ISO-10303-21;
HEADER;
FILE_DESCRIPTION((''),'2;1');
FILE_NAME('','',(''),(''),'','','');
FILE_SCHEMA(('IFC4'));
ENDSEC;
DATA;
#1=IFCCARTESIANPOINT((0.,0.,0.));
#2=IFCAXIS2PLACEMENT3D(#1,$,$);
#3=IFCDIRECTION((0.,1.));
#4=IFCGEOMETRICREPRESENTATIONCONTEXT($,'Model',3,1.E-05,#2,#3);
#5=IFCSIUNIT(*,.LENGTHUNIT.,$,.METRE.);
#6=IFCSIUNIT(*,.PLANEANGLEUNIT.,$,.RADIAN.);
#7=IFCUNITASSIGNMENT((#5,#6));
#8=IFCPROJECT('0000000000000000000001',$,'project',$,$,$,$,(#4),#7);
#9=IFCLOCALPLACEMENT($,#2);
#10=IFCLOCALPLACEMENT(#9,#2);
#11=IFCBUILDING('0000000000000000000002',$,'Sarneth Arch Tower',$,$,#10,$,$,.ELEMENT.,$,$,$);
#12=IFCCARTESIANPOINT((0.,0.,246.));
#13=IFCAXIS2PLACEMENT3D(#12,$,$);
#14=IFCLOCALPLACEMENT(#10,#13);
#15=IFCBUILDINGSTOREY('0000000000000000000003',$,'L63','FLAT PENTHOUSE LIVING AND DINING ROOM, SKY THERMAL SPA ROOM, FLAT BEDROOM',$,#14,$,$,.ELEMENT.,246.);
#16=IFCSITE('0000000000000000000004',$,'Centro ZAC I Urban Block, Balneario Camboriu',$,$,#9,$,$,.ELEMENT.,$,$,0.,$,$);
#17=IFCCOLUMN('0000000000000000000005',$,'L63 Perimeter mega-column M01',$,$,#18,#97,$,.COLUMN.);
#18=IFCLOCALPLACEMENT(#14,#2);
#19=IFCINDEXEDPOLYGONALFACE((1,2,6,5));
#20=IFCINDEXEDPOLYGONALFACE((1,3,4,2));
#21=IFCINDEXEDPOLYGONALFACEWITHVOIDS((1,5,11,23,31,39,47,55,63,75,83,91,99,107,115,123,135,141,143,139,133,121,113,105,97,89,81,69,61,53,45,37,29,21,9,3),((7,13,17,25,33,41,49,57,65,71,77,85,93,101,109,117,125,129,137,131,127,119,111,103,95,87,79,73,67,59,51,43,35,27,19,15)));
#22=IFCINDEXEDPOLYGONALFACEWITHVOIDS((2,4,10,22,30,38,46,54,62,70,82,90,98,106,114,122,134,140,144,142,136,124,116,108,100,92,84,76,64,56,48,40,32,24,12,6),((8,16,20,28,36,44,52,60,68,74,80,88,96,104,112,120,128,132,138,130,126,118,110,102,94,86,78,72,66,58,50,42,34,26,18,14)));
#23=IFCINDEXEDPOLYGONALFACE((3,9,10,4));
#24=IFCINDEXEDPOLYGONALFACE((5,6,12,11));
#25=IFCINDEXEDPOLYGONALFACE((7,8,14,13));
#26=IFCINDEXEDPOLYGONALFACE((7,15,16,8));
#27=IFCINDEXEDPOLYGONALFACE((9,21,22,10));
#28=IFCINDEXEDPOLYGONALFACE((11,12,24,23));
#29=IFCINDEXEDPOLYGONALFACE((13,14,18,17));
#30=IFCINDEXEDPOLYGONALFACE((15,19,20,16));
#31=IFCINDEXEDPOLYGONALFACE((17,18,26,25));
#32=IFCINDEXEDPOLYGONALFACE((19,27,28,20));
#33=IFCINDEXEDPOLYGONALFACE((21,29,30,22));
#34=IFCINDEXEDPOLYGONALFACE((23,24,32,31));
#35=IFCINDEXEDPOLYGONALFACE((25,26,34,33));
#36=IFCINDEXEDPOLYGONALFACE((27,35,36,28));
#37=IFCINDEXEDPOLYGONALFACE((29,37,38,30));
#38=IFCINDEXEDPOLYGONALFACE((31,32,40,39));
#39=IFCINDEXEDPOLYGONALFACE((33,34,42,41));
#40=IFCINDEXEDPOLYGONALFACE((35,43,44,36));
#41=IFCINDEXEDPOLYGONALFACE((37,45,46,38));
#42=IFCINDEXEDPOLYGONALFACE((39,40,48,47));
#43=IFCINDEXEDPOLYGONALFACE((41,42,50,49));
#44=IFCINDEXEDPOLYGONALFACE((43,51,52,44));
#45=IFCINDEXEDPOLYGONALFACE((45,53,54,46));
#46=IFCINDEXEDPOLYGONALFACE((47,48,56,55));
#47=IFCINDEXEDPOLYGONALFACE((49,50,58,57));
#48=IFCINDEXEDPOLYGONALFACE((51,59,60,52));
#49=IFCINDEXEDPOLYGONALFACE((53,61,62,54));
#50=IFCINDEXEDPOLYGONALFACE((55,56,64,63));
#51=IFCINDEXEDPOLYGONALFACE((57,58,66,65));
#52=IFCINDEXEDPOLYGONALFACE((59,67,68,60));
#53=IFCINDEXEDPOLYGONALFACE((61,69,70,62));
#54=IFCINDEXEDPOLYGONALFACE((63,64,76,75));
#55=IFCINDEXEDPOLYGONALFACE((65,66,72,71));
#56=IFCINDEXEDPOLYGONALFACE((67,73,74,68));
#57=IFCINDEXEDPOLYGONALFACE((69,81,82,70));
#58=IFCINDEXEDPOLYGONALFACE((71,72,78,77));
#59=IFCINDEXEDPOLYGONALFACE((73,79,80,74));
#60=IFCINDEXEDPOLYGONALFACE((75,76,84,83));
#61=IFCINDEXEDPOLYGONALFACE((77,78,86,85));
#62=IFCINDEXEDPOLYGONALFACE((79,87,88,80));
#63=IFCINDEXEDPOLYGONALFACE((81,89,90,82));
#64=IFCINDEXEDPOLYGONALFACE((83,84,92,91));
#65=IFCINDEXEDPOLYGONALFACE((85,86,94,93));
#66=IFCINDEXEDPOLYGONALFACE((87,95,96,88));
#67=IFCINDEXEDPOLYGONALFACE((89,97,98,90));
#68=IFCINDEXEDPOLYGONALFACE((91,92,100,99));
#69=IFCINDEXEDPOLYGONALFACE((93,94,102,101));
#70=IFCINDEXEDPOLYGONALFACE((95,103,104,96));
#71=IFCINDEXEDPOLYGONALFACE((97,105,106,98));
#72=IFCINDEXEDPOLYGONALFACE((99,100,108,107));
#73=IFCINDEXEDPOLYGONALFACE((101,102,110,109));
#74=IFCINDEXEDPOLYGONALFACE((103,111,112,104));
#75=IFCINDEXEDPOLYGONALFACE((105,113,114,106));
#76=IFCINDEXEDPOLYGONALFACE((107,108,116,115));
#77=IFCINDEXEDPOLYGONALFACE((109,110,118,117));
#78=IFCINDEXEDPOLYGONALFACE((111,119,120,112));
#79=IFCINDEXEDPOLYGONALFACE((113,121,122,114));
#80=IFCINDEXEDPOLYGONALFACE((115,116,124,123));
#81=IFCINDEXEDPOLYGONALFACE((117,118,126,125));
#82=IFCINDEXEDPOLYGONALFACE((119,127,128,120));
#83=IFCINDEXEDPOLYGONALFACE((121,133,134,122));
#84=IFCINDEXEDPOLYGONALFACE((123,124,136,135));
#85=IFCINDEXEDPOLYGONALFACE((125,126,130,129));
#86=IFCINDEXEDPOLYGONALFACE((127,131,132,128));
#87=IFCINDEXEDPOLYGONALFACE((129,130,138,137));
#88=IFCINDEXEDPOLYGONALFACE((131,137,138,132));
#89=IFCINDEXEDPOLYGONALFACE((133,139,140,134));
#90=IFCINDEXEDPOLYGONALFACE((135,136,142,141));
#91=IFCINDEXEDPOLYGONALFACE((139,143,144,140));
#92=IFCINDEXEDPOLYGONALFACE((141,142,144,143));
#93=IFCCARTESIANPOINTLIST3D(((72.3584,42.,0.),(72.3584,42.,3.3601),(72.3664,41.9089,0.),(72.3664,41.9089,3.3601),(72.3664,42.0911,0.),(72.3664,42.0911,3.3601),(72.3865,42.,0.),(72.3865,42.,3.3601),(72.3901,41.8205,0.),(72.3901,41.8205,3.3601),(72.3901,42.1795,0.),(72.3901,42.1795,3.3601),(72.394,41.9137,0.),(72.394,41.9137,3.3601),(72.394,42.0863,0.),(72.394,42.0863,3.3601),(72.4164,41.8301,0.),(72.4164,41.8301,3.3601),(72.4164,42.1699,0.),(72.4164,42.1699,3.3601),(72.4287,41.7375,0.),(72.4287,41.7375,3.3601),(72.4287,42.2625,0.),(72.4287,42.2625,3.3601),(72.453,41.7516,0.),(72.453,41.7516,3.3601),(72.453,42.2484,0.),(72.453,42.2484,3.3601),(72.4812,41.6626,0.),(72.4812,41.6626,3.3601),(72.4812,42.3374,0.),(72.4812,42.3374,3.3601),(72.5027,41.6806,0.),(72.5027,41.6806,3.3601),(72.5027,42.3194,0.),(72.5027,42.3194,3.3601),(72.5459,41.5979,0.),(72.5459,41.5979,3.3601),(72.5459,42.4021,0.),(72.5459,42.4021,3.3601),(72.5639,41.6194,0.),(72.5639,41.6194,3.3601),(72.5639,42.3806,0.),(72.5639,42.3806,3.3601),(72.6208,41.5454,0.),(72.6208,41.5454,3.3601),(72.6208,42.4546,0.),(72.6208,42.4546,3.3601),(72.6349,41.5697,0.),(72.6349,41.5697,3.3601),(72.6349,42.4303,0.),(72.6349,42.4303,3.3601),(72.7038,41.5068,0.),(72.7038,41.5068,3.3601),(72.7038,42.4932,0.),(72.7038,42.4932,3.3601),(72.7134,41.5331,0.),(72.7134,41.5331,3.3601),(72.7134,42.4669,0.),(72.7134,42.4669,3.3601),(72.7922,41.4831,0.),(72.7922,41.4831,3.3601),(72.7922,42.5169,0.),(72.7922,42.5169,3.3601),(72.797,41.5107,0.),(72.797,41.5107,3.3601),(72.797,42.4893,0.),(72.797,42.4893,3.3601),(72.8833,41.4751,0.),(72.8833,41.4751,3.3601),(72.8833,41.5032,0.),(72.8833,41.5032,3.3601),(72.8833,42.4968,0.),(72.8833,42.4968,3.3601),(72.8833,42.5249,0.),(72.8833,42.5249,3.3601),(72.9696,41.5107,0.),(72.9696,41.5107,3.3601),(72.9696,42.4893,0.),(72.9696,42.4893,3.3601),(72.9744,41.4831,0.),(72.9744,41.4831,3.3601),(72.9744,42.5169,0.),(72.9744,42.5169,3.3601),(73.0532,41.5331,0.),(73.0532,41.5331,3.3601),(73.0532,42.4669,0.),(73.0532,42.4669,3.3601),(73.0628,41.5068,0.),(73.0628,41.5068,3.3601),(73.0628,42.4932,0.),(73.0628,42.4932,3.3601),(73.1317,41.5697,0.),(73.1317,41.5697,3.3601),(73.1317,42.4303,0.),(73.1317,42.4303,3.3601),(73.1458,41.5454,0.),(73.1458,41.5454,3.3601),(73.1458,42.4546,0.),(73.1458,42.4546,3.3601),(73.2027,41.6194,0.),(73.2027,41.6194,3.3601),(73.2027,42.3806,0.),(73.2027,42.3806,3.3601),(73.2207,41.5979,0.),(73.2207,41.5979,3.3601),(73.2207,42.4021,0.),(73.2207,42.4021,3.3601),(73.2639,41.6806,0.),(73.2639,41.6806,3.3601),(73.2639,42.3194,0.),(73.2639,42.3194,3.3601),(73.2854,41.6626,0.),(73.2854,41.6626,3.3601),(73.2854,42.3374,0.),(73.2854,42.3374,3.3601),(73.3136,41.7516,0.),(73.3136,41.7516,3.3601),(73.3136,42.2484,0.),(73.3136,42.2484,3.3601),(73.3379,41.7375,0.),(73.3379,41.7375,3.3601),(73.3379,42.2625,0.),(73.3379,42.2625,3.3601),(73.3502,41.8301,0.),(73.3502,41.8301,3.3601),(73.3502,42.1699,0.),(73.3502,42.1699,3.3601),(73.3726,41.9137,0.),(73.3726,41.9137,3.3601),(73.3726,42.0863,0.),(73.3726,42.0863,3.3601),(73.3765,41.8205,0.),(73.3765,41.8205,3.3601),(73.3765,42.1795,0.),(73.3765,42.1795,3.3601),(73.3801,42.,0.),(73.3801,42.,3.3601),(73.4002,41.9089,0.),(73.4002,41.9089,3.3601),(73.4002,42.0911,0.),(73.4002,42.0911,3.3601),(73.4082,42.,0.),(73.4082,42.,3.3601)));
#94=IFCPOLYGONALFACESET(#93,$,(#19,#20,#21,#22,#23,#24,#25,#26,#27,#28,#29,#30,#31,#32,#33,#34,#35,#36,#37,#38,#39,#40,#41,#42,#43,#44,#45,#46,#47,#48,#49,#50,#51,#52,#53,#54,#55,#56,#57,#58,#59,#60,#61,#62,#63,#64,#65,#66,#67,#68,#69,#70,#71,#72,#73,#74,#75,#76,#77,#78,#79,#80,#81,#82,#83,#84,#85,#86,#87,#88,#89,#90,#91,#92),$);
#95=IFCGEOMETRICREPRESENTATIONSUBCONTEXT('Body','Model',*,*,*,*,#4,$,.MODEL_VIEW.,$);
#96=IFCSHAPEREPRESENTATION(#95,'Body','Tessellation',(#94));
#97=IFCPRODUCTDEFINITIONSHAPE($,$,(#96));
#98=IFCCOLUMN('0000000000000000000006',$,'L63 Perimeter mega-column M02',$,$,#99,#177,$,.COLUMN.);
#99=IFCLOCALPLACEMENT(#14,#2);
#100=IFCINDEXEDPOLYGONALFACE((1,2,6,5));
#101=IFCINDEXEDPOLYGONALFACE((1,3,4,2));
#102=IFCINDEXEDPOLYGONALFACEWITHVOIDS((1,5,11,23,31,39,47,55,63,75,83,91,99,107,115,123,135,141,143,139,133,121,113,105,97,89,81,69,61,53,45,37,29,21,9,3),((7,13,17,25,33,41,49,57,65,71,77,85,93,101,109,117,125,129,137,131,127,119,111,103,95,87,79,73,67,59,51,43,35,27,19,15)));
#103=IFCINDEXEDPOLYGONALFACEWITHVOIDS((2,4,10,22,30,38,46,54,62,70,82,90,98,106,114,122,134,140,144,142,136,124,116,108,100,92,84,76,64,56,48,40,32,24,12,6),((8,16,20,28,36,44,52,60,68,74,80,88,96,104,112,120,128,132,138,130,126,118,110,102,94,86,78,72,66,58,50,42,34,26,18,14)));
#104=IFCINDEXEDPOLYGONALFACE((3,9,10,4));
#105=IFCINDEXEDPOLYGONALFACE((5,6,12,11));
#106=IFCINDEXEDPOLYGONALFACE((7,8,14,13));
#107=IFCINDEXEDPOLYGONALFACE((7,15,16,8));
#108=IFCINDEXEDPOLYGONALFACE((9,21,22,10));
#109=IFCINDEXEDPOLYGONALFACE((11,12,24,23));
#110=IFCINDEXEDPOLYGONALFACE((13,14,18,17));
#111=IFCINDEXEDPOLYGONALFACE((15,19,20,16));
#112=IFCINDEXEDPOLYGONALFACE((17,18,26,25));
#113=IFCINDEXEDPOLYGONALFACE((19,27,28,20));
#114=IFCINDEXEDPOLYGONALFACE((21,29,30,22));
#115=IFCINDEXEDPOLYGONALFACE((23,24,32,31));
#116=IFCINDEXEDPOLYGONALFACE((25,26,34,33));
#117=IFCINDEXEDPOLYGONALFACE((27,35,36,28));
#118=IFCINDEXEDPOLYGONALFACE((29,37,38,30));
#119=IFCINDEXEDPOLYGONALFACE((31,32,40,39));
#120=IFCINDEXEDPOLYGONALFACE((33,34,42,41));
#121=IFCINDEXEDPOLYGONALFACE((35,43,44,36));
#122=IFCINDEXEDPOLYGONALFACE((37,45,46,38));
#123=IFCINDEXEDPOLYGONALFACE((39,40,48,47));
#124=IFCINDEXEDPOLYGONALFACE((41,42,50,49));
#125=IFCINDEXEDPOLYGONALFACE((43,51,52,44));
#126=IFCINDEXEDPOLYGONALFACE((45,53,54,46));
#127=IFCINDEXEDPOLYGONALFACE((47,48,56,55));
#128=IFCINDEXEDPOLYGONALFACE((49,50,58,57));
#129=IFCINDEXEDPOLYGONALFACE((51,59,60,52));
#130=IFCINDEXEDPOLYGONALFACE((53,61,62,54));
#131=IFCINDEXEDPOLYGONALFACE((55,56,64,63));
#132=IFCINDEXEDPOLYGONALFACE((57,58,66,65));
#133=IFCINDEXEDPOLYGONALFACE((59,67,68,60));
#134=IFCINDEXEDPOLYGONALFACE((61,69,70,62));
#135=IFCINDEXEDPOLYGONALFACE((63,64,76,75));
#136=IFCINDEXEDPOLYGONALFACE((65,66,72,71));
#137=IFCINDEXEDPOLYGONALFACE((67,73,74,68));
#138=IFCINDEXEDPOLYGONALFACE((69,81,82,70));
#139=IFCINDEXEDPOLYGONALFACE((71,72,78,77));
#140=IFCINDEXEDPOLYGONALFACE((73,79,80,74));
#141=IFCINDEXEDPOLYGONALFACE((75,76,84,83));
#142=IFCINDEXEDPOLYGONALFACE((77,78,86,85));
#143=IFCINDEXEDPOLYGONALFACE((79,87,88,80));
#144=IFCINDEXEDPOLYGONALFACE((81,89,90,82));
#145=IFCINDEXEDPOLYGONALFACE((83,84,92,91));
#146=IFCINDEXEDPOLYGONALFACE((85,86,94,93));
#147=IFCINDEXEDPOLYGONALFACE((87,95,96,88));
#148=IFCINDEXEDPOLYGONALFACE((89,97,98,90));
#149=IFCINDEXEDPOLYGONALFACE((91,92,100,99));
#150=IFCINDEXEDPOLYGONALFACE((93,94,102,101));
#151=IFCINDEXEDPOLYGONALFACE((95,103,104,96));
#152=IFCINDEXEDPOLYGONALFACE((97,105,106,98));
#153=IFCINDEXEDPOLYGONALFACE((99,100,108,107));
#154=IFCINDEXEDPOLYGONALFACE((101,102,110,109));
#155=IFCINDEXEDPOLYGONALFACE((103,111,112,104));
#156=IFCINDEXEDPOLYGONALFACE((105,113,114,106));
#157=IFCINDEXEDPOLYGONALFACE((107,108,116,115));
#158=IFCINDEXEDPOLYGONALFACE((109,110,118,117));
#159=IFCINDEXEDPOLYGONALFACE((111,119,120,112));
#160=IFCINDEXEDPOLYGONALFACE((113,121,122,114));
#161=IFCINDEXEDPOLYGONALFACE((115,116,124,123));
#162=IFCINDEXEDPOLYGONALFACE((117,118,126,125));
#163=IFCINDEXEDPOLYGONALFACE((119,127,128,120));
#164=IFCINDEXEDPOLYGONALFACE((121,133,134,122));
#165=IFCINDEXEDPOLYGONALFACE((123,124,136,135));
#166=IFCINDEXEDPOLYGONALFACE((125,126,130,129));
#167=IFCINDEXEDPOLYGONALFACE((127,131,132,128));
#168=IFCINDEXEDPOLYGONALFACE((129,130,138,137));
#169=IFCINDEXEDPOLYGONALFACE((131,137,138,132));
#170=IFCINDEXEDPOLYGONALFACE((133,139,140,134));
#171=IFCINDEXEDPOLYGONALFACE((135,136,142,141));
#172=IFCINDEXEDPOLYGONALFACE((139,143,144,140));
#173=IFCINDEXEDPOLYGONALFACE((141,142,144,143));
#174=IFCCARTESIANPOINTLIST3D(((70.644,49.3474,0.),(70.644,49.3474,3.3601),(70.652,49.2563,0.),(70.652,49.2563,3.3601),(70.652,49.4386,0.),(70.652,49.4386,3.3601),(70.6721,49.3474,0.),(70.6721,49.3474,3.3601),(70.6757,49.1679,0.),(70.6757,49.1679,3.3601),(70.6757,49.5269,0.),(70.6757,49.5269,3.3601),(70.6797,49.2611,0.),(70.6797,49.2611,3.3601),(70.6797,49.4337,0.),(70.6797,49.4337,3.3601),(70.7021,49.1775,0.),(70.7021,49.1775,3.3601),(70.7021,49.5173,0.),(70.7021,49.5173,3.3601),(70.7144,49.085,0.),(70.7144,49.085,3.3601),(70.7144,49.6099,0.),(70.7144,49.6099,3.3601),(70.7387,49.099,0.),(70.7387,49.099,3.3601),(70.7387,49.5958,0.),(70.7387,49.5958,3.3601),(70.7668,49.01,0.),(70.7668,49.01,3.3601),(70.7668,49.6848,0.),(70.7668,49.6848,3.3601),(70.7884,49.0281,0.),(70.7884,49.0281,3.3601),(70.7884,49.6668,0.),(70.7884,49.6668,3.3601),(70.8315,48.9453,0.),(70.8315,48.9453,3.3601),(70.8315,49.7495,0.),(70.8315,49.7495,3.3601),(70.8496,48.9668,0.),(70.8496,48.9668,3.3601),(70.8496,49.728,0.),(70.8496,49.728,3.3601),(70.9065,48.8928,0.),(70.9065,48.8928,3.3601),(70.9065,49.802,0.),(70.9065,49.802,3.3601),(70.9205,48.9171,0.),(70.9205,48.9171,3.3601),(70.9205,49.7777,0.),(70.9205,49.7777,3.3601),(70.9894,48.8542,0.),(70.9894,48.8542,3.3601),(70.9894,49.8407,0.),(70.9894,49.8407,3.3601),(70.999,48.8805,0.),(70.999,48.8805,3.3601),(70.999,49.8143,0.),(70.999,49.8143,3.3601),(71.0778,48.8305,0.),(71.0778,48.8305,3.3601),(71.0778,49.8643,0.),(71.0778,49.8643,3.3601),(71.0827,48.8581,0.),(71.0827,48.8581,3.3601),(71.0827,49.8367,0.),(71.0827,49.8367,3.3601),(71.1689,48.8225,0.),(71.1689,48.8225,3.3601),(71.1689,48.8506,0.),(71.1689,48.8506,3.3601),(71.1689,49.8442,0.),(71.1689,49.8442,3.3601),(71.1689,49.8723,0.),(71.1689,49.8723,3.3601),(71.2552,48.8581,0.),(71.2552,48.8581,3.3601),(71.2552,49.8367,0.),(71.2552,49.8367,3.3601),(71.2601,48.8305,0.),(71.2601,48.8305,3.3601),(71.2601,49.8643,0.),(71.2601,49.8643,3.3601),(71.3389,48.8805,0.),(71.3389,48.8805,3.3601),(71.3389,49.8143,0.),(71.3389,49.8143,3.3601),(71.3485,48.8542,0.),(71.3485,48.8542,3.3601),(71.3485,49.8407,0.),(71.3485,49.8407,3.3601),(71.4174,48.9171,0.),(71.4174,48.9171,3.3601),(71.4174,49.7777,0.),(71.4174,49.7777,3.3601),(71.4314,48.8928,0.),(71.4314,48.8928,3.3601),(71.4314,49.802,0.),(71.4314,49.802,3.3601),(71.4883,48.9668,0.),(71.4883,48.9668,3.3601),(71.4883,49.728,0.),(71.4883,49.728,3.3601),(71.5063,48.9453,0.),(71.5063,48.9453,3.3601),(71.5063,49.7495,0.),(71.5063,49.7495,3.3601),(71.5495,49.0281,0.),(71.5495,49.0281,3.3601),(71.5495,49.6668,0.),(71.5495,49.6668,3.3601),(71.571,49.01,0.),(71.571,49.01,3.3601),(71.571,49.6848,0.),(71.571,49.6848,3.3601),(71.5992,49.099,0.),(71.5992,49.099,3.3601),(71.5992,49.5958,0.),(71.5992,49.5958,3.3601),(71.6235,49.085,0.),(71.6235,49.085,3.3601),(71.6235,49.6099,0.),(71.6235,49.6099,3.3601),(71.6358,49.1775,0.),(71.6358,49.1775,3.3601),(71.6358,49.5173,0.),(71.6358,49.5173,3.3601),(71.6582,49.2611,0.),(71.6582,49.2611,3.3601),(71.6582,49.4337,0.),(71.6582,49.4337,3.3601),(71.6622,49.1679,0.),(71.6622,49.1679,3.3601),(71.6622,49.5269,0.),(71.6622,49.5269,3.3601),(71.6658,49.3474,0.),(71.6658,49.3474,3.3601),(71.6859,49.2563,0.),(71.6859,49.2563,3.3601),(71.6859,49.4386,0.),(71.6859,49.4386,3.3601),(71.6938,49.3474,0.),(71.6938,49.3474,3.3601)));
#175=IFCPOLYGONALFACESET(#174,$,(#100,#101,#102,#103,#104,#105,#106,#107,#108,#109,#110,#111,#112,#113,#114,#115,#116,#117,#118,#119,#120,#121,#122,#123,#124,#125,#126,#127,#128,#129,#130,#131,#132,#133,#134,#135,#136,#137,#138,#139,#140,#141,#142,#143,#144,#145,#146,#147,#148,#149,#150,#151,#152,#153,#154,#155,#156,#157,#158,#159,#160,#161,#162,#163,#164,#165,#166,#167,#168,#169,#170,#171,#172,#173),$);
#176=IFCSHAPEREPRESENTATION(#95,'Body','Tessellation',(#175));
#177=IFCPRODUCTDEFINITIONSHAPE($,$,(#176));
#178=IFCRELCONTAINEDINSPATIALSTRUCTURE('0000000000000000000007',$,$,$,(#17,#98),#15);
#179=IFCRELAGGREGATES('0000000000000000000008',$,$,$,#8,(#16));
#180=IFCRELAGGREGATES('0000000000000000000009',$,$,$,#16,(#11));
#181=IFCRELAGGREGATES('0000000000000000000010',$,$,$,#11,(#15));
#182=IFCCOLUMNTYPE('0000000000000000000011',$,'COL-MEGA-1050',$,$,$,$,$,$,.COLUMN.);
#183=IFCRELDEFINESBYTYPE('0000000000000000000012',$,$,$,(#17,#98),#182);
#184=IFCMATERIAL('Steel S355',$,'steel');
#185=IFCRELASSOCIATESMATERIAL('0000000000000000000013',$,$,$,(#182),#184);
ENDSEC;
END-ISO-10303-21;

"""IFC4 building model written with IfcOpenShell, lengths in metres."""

from ifc_helpers import new_model, si_unit, direction, frame, origin, origin_2d, place, context, subcontext, project, spatial, hollow_circle, extrude, material, material_profile, profile_set, type_object, element, save


model = new_model("IFC4")

# Units and contexts
model_context = context("Model", 3, precision=1e-05, world=origin(), true_north=direction((0.0, 1.0)))
body_context = subcontext(model_context, "Body", "Model", "MODEL_VIEW")
ifc_project = project(units=[si_unit("LENGTHUNIT", "METRE"), si_unit("PLANEANGLEUNIT", "RADIAN")], contexts=[model_context])

# Site, building, storey
site_placement = place(None, origin())
site = spatial("IfcSite", under=ifc_project, at=site_placement, Name="Centro ZAC I Urban Block, Balneario Camboriu", CompositionType="ELEMENT", RefElevation=0.0)
building_placement = place(site_placement, origin())
building = spatial("IfcBuilding", under=site, at=building_placement, Name="Sarneth Arch Tower", CompositionType="ELEMENT")
storey_placement = place(building_placement, frame((0.0, 0.0, 246.0)))
storey = spatial("IfcBuildingStorey", under=building, at=storey_placement, Name="L63", Description="FLAT PENTHOUSE LIVING AND DINING ROOM, SKY THERMAL SPA ROOM, FLAT BEDROOM", CompositionType="ELEMENT", Elevation=246.0)

# Columns
ifc_material_1 = material(Name="Steel S355", Category="steel")
ifc_material_profile_1 = material_profile(ifc_material_1, hollow_circle(Radius=0.5249, WallThickness=0.0281, at=origin_2d()), Name="CHS1050x28")
ifc_profile_set_1 = profile_set([ifc_material_profile_1], Name="Steel S355")
column_type = type_object("IfcColumnType", Name="COL-MEGA-1050", PredefinedType="COLUMN", material=ifc_profile_set_1)
for number, where, z_axis, x_axis, name in (
    (1, (72.8833, 42.0, 0.0), (0.0, 0.0, 1.0), (1.0, 0.0, 0.0), "L63 Perimeter mega-column M01"),
    (2, (71.1689, 49.3474, 0.0), (0.0, 0.0, 1.0), (1.0, 0.0, 0.0), "L63 Perimeter mega-column M02"),
):
    element("IfcColumn", number, at=place(storey_placement, frame(where, z_axis=z_axis, x_axis=x_axis)), inside=storey, type_object=column_type, Name=name, PredefinedType="COLUMN", context=body_context, shape_type="SweptSolid", body=[
        extrude(hollow_circle(Radius=0.5249, WallThickness=0.0281, at=origin_2d()), origin(), (0.0, 0.0, 1.0), 3.3601),
    ])

save(model, "model.ifc")
